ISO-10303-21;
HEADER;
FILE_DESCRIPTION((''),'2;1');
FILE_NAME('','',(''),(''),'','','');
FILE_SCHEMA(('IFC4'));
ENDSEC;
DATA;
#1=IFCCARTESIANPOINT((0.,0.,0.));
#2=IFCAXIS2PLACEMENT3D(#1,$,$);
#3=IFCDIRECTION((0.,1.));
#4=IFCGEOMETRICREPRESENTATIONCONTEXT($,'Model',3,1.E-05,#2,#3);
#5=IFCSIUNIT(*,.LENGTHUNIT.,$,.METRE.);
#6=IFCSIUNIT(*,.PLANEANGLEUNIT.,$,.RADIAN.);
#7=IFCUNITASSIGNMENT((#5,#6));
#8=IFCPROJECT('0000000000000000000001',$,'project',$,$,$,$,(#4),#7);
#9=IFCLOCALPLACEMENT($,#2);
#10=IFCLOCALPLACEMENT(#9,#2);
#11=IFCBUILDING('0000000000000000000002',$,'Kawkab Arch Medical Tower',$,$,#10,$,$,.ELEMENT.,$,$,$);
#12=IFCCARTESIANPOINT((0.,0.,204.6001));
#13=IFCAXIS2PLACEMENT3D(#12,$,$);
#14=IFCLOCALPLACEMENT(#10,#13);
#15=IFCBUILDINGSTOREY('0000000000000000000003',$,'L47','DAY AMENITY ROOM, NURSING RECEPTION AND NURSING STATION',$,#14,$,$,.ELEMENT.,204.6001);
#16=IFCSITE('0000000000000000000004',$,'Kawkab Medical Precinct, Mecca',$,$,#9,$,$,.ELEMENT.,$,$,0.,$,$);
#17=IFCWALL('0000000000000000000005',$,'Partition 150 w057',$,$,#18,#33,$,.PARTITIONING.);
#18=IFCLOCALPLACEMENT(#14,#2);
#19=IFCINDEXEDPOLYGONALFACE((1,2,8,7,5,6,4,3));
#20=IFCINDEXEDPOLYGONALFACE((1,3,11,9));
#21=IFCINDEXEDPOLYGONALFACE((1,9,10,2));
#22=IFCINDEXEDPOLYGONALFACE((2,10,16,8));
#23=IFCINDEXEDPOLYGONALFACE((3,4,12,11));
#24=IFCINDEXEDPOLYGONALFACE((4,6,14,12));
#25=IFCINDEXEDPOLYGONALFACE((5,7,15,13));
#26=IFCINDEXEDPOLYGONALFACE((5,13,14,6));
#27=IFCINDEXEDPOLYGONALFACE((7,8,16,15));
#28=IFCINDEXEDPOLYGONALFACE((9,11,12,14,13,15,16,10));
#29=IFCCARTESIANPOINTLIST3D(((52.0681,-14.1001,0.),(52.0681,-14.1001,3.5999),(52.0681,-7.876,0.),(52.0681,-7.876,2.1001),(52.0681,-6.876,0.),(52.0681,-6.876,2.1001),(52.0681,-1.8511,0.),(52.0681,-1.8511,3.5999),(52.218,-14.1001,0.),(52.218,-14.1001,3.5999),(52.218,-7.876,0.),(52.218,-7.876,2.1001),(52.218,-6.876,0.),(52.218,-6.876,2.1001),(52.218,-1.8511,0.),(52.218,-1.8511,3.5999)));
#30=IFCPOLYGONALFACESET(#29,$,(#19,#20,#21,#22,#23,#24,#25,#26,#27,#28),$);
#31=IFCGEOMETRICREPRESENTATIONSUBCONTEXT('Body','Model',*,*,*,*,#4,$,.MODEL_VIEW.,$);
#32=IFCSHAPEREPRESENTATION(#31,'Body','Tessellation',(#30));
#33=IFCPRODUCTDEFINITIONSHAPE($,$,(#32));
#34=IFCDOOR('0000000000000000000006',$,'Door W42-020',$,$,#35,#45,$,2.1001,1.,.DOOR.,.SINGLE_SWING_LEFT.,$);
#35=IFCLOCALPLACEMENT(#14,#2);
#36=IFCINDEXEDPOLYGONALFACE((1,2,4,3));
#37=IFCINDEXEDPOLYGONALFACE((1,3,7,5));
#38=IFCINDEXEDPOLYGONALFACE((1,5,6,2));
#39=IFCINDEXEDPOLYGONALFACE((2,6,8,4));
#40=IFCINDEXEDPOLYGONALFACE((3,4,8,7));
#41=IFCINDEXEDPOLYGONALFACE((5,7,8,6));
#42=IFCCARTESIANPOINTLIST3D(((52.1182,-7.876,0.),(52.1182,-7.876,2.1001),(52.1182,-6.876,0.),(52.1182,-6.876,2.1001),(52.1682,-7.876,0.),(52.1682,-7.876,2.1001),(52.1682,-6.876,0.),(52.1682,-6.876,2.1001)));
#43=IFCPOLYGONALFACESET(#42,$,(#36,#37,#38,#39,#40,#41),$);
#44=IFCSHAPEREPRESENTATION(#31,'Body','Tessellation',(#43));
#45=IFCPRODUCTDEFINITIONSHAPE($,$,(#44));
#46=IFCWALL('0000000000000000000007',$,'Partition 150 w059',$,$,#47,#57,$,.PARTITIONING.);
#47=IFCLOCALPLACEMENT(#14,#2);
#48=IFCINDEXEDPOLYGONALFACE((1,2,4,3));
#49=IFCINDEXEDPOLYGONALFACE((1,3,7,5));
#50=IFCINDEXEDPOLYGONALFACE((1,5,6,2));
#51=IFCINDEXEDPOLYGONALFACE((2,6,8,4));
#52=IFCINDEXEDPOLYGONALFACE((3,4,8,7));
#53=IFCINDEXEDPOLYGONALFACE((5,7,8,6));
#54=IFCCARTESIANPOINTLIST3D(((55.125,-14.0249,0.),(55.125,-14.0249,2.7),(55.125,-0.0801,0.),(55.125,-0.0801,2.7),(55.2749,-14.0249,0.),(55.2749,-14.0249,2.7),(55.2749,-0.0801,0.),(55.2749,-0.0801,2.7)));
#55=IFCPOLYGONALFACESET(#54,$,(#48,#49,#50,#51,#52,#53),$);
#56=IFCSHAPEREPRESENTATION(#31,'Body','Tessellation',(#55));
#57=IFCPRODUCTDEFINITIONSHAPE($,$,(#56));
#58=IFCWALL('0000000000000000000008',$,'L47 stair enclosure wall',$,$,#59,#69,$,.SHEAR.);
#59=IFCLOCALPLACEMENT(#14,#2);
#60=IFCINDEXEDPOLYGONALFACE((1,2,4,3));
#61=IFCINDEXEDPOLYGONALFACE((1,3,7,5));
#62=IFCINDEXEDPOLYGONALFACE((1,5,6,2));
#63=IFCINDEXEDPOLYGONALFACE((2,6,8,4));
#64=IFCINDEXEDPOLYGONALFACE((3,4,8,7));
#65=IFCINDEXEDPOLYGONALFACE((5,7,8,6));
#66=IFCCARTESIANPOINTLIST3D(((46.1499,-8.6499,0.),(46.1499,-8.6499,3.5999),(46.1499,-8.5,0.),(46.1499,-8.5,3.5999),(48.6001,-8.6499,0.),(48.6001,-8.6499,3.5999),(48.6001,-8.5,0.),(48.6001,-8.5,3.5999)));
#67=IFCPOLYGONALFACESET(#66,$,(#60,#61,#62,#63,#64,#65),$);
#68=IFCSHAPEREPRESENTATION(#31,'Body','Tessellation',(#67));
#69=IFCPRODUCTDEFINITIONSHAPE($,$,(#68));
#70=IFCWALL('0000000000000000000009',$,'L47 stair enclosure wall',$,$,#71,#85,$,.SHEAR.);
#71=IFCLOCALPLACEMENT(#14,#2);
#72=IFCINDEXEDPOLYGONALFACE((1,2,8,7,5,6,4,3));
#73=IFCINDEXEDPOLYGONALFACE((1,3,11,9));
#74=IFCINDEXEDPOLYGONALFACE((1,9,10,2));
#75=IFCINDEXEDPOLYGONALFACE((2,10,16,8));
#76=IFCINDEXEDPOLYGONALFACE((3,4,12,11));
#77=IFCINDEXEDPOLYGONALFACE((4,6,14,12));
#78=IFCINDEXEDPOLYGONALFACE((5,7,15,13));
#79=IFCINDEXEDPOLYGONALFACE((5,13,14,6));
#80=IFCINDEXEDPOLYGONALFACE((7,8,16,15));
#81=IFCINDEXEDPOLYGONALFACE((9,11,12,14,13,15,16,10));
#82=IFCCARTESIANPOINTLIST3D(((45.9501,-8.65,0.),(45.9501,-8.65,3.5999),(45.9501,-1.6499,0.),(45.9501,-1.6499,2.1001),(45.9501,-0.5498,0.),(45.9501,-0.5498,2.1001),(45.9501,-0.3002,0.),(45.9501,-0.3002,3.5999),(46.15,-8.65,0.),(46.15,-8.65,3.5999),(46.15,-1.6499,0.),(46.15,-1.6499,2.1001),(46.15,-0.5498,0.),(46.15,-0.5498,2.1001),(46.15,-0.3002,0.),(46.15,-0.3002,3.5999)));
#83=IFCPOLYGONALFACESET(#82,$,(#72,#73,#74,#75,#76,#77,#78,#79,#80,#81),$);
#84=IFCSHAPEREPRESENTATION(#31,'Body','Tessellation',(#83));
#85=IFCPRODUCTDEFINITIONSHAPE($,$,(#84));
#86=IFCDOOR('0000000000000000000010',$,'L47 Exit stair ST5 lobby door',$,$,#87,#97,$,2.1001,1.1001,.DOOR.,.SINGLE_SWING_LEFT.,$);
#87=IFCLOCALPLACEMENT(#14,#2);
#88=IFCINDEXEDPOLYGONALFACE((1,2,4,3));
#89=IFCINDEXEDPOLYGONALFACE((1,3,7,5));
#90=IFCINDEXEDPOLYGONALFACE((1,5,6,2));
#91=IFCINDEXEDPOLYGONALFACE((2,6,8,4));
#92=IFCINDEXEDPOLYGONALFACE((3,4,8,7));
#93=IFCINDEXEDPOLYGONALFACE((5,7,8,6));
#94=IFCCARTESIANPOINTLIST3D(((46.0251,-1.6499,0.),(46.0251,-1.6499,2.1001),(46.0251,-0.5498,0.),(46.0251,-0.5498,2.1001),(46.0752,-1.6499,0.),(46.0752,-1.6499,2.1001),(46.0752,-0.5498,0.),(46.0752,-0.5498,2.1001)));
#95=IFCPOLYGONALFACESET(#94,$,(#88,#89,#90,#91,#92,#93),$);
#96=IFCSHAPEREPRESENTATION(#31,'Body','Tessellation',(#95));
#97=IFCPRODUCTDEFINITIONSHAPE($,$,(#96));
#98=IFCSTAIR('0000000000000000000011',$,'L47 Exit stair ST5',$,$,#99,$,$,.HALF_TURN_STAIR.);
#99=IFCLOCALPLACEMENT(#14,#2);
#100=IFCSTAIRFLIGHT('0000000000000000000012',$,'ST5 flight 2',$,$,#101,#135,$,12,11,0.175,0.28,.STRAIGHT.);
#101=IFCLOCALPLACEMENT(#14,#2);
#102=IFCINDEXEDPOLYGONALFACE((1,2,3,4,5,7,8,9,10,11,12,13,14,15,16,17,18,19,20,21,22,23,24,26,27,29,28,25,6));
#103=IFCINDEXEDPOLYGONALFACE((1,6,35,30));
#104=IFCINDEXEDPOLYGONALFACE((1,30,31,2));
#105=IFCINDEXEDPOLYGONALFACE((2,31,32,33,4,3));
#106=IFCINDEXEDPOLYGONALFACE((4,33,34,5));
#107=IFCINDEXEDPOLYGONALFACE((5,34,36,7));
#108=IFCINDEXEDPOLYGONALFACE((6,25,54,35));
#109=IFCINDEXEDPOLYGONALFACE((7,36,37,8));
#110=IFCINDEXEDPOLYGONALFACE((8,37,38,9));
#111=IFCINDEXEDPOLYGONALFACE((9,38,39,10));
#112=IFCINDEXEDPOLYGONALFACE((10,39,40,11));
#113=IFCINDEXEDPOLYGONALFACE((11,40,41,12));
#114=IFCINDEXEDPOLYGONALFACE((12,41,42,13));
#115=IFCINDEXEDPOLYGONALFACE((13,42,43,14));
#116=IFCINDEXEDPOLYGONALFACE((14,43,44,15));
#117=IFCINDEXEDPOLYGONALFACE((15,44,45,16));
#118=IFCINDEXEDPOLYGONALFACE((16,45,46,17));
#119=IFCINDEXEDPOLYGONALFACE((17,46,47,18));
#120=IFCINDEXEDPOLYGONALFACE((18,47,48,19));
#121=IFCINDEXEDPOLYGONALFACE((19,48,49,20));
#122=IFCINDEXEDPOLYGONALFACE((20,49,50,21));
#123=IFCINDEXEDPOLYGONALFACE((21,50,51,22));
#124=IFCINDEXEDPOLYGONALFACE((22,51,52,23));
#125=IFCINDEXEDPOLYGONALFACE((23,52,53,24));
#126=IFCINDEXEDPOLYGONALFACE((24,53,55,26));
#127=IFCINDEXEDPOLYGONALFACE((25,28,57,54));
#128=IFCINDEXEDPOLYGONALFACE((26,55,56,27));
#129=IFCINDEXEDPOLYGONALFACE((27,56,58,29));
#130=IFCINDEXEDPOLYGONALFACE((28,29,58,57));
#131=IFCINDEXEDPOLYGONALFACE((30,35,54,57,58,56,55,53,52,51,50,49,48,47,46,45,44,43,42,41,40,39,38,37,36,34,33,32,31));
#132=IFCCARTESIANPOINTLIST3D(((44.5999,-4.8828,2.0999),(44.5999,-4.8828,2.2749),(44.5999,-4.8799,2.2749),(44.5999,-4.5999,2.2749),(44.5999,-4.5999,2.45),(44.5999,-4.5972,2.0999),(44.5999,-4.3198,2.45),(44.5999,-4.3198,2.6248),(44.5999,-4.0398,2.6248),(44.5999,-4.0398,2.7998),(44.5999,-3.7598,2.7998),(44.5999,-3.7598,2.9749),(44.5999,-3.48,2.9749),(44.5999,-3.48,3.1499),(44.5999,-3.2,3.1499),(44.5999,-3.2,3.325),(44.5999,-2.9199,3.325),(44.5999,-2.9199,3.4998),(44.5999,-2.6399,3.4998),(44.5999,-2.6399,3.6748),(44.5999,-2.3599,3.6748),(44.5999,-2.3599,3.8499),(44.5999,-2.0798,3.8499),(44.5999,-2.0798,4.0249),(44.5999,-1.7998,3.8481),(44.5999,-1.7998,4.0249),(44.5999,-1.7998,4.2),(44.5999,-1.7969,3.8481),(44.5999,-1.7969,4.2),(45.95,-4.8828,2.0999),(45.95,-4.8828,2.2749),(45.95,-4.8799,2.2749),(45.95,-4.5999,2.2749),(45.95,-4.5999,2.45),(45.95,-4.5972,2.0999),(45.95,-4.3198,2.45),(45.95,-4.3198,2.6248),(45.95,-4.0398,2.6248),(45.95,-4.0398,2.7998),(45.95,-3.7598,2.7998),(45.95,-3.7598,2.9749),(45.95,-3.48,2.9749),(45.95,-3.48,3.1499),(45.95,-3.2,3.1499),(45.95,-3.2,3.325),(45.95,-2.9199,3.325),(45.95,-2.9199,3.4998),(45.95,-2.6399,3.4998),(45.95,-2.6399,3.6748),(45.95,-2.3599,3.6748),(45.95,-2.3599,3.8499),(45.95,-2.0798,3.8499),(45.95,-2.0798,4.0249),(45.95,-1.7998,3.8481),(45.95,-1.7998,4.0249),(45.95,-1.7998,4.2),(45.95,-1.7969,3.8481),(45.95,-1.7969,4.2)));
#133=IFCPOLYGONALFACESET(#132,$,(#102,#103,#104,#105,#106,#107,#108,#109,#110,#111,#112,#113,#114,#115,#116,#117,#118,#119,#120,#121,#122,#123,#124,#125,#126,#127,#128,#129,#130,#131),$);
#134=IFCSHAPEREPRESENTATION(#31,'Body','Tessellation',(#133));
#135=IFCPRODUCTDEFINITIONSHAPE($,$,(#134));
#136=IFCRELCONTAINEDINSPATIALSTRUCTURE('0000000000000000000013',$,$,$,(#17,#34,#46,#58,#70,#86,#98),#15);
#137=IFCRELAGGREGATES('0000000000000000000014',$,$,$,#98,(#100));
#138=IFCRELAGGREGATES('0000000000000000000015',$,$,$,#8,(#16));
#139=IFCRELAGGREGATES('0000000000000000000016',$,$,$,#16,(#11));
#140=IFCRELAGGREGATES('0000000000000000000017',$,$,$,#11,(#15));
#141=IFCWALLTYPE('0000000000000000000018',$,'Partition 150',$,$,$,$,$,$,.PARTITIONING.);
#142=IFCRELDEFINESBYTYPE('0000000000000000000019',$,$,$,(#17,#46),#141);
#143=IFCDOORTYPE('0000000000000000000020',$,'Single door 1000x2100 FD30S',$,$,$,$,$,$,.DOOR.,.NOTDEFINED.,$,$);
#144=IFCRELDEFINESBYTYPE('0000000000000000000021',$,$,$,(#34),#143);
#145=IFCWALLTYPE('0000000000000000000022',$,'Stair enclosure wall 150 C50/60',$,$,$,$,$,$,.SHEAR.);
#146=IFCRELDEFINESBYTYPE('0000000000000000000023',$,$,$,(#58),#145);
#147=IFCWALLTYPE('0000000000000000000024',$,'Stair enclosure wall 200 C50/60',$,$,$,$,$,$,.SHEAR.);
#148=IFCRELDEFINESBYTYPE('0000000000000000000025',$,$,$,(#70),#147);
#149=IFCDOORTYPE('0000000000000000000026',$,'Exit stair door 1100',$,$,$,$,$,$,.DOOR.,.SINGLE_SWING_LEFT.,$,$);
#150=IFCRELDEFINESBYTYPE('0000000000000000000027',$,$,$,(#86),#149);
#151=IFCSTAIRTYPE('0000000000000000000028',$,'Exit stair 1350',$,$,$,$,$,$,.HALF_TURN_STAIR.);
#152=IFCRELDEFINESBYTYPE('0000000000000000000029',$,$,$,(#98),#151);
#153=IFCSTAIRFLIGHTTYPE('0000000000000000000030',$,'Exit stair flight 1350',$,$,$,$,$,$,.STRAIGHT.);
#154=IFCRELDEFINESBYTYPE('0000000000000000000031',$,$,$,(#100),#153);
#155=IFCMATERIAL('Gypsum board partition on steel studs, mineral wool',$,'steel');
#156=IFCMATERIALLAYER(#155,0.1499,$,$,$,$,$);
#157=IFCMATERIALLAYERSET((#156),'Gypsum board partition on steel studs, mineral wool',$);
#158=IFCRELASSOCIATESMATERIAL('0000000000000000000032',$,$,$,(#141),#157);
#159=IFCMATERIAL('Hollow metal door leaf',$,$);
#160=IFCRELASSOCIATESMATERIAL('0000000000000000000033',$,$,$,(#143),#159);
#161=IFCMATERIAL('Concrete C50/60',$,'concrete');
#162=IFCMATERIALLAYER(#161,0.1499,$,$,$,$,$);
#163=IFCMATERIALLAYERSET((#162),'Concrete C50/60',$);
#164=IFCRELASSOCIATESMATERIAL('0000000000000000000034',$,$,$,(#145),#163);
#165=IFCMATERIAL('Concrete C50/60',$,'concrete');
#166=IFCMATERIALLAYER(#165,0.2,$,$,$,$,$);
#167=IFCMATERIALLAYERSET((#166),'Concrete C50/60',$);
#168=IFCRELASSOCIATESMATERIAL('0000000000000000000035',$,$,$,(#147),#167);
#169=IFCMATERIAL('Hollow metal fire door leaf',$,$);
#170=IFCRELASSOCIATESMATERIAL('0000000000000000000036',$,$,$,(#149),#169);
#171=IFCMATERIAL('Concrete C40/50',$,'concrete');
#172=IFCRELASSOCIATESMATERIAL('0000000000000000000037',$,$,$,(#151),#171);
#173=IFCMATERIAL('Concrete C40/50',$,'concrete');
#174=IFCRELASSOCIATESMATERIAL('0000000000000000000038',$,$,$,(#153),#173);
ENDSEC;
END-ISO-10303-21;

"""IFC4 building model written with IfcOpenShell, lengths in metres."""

from ifc_helpers import new_model, si_unit, direction, frame, frame_2d, origin, place, context, subcontext, project, spatial, polyline, rectangle, outline, extrude, material, layer, layer_set, type_object, element, fill, aggregate, save


model = new_model("IFC4")

# Units and contexts
model_context = context("Model", 3, precision=1e-05, world=origin(), true_north=direction((0.0, 1.0)))
body_context = subcontext(model_context, "Body", "Model", "MODEL_VIEW")
ifc_project = project(units=[si_unit("LENGTHUNIT", "METRE"), si_unit("PLANEANGLEUNIT", "RADIAN")], contexts=[model_context])

# Site, building, storey
site_placement = place(None, origin())
site = spatial("IfcSite", under=ifc_project, at=site_placement, Name="Kawkab Medical Precinct, Mecca", CompositionType="ELEMENT", RefElevation=0.0)
building_placement = place(site_placement, origin())
building = spatial("IfcBuilding", under=site, at=building_placement, Name="Kawkab Arch Medical Tower", CompositionType="ELEMENT")
storey_placement = place(building_placement, frame((0.0, 0.0, 204.6001)))
storey = spatial("IfcBuildingStorey", under=building, at=storey_placement, Name="L47", Description="DAY AMENITY ROOM, NURSING RECEPTION AND NURSING STATION", CompositionType="ELEMENT", Elevation=204.6001)

# Shared definitions
ifc_material_1 = material(Name="Gypsum board partition on steel studs, mineral wool", Category="steel")
ifc_layer_1 = layer(ifc_material_1, 0.1499)
ifc_layer_set_1 = layer_set([ifc_layer_1], Name="Gypsum board partition on steel studs, mineral wool")
wall_type_1 = type_object("IfcWallType", Name="Partition 150", PredefinedType="PARTITIONING", material=ifc_layer_set_1)
ifc_material_2 = material(Name="Hollow metal door leaf")
door_type_1 = type_object("IfcDoorType", Name="Single door 1000x2100 FD30S", OperationType="NOTDEFINED", PredefinedType="DOOR", material=ifc_material_2)

# Wall, opening, door
wall_1_placement = place(storey_placement, frame((52.1431, -14.1001, 0.0), z_axis=(0.0, 0.0, 1.0), x_axis=(0.0, 1.0, 0.0)))
wall_1 = element("IfcWall", 1, at=wall_1_placement, inside=storey, type_object=wall_type_1, Name="Partition 150 w057", PredefinedType="PARTITIONING", context=body_context, shape_type="SweptSolid", body=[
    extrude(rectangle(XDim=12.249, YDim=0.1499, at=frame_2d((6.1245, 0.0))), origin(), (0.0, 0.0, 1.0), 3.5999),
])
opening_1_placement = place(wall_1_placement, frame((6.2241, 0.0, 0.0)))
opening_1 = element("IfcOpeningElement", 2, at=opening_1_placement, cuts=wall_1, PredefinedType="OPENING", context=body_context, shape_type="SweptSolid", body=[
    extrude(rectangle(XDim=1.0, YDim=2.1001, at=frame_2d((0.5, 1.05))), frame((0.0, 0.085, 0.0), z_axis=(0.0, -1.0, 0.0), x_axis=(1.0, 0.0, 0.0)), (0.0, 0.0, 1.0), 0.1699),
])
door_1_placement = place(opening_1_placement, origin())
door_1 = element("IfcDoor", 3, at=door_1_placement, inside=storey, type_object=door_type_1, Name="Door W42-020", OperationType="SINGLE_SWING_LEFT", OverallHeight=2.1001, OverallWidth=1.0, PredefinedType="DOOR", context=body_context, shape_type="SweptSolid", body=[
    extrude(rectangle(XDim=1.0, YDim=2.1001, at=frame_2d((0.5, 1.05))), frame((0.0, 0.0249, 0.0), z_axis=(0.0, -1.0, 0.0), x_axis=(1.0, 0.0, 0.0)), (0.0, 0.0, 1.0), 0.05),
])
fill(opening_1, door_1)

# Walls
wall_2_placement = place(storey_placement, frame((55.2, -14.0249, 0.0), z_axis=(0.0, 0.0, 1.0), x_axis=(0.0, 1.0, 0.0)))
element("IfcWall", 4, at=wall_2_placement, inside=storey, type_object=wall_type_1, Name="Partition 150 w059", PredefinedType="PARTITIONING", context=body_context, shape_type="SweptSolid", body=[
    extrude(rectangle(XDim=13.9448, YDim=0.1499, at=frame_2d((6.9724, 0.0))), origin(), (0.0, 0.0, 1.0), 2.7),
])
ifc_material_3 = material(Name="Concrete C50/60", Category="concrete")
ifc_layer_2 = layer(ifc_material_3, 0.1499)
ifc_layer_set_2 = layer_set([ifc_layer_2], Name="Concrete C50/60")
wall_type_2 = type_object("IfcWallType", Name="Stair enclosure wall 150 C50/60", PredefinedType="SHEAR", material=ifc_layer_set_2)
wall_3_placement = place(storey_placement, frame((46.1499, -8.575, 0.0), z_axis=(0.0, 0.0, 1.0), x_axis=(1.0, 0.0, 0.0)))
element("IfcWall", 5, at=wall_3_placement, inside=storey, type_object=wall_type_2, Name="L47 stair enclosure wall", PredefinedType="SHEAR", context=body_context, shape_type="SweptSolid", body=[
    extrude(rectangle(XDim=2.4502, YDim=0.1499, at=frame_2d((1.2251, 0.0))), origin(), (0.0, 0.0, 1.0), 3.5999),
])

# Wall, opening, door
ifc_material_4 = material(Name="Concrete C50/60", Category="concrete")
ifc_layer_3 = layer(ifc_material_4, 0.2)
ifc_layer_set_3 = layer_set([ifc_layer_3], Name="Concrete C50/60")
wall_type_3 = type_object("IfcWallType", Name="Stair enclosure wall 200 C50/60", PredefinedType="SHEAR", material=ifc_layer_set_3)
wall_4_placement = place(storey_placement, frame((46.05, -8.6499, 0.0), z_axis=(0.0, 0.0, 1.0), x_axis=(0.0, 1.0, 0.0)))
wall_4 = element("IfcWall", 6, at=wall_4_placement, inside=storey, type_object=wall_type_3, Name="L47 stair enclosure wall", PredefinedType="SHEAR", context=body_context, shape_type="SweptSolid", body=[
    extrude(rectangle(XDim=8.3499, YDim=0.2, at=frame_2d((4.1748, 0.0))), origin(), (0.0, 0.0, 1.0), 3.5999),
])
opening_2_placement = place(wall_4_placement, frame((7.0, 0.0, 0.0)))
opening_2 = element("IfcOpeningElement", 7, at=opening_2_placement, cuts=wall_4, PredefinedType="OPENING", context=body_context, shape_type="SweptSolid", body=[
    extrude(rectangle(XDim=1.1001, YDim=2.1001, at=frame_2d((0.55, 1.05))), frame((0.0, 0.1099, 0.0), z_axis=(0.0, -1.0, 0.0), x_axis=(1.0, 0.0, 0.0)), (0.0, 0.0, 1.0), 0.22),
])
ifc_material_5 = material(Name="Hollow metal fire door leaf")
door_type_2 = type_object("IfcDoorType", Name="Exit stair door 1100", OperationType="SINGLE_SWING_LEFT", PredefinedType="DOOR", material=ifc_material_5)
door_2_placement = place(opening_2_placement, origin())
door_2 = element("IfcDoor", 8, at=door_2_placement, inside=storey, type_object=door_type_2, Name="L47 Exit stair ST5 lobby door", OperationType="SINGLE_SWING_LEFT", OverallHeight=2.1001, OverallWidth=1.1001, PredefinedType="DOOR", context=body_context, shape_type="SweptSolid", body=[
    extrude(rectangle(XDim=1.1001, YDim=2.1001, at=frame_2d((0.55, 1.05))), frame((0.0, 0.0249, 0.0), z_axis=(0.0, -1.0, 0.0), x_axis=(1.0, 0.0, 0.0)), (0.0, 0.0, 1.0), 0.05),
])
fill(opening_2, door_2)

# Stair, stair flight
ifc_material_6 = material(Name="Concrete C40/50", Category="concrete")
stair_type = type_object("IfcStairType", Name="Exit stair 1350", PredefinedType="HALF_TURN_STAIR", material=ifc_material_6)
stair_placement = place(storey_placement, origin())
stair = element("IfcStair", 9, at=stair_placement, inside=storey, type_object=stair_type, Name="L47 Exit stair ST5", PredefinedType="HALF_TURN_STAIR")
ifc_material_7 = material(Name="Concrete C40/50", Category="concrete")
stair_flight_type = type_object("IfcStairFlightType", Name="Exit stair flight 1350", PredefinedType="STRAIGHT", material=ifc_material_7)
stair_flight_placement = place(storey_placement, frame((45.2749, -4.8799, 2.0999), z_axis=(0.0, 0.0, 1.0), x_axis=(0.0, 1.0, 0.0)))
stair_flight = element("IfcStairFlight", 10, at=stair_flight_placement, type_object=stair_flight_type, Name="ST5 flight 2", NumberOfRisers=12, NumberOfTreads=11, PredefinedType="STRAIGHT", RiserHeight=0.175, TreadLength=0.28, context=body_context, shape_type="SweptSolid", body=[
    extrude(outline(polyline([(-0.0029, 0.0), (-0.0029, 0.175), (0.0, 0.175), (0.28, 0.175), (0.28, 0.3501), (0.5601, 0.3501), (0.5601, 0.5249), (0.8401, 0.5249), (0.8401, 0.7), (1.1201, 0.7), (1.1201, 0.875), (1.3999, 0.875), (1.3999, 1.05), (1.6799, 1.05), (1.6799, 1.2251), (1.96, 1.2251), (1.96, 1.3999), (2.24, 1.3999), (2.24, 1.575), (2.52, 1.575), (2.52, 1.75), (2.8, 1.75), (2.8, 1.925), (3.0801, 1.925), (3.0801, 2.1001), (3.083, 2.1001), (3.083, 1.7483), (3.0801, 1.7483), (0.2827, 0.0), (-0.0029, 0.0)])), frame((0.0, 0.675, 0.0), z_axis=(0.0, -1.0, 0.0), x_axis=(1.0, 0.0, 0.0)), (0.0, 0.0, 1.0), 1.3501),
])
aggregate(stair, [stair_flight])

save(model, "model.ifc")
